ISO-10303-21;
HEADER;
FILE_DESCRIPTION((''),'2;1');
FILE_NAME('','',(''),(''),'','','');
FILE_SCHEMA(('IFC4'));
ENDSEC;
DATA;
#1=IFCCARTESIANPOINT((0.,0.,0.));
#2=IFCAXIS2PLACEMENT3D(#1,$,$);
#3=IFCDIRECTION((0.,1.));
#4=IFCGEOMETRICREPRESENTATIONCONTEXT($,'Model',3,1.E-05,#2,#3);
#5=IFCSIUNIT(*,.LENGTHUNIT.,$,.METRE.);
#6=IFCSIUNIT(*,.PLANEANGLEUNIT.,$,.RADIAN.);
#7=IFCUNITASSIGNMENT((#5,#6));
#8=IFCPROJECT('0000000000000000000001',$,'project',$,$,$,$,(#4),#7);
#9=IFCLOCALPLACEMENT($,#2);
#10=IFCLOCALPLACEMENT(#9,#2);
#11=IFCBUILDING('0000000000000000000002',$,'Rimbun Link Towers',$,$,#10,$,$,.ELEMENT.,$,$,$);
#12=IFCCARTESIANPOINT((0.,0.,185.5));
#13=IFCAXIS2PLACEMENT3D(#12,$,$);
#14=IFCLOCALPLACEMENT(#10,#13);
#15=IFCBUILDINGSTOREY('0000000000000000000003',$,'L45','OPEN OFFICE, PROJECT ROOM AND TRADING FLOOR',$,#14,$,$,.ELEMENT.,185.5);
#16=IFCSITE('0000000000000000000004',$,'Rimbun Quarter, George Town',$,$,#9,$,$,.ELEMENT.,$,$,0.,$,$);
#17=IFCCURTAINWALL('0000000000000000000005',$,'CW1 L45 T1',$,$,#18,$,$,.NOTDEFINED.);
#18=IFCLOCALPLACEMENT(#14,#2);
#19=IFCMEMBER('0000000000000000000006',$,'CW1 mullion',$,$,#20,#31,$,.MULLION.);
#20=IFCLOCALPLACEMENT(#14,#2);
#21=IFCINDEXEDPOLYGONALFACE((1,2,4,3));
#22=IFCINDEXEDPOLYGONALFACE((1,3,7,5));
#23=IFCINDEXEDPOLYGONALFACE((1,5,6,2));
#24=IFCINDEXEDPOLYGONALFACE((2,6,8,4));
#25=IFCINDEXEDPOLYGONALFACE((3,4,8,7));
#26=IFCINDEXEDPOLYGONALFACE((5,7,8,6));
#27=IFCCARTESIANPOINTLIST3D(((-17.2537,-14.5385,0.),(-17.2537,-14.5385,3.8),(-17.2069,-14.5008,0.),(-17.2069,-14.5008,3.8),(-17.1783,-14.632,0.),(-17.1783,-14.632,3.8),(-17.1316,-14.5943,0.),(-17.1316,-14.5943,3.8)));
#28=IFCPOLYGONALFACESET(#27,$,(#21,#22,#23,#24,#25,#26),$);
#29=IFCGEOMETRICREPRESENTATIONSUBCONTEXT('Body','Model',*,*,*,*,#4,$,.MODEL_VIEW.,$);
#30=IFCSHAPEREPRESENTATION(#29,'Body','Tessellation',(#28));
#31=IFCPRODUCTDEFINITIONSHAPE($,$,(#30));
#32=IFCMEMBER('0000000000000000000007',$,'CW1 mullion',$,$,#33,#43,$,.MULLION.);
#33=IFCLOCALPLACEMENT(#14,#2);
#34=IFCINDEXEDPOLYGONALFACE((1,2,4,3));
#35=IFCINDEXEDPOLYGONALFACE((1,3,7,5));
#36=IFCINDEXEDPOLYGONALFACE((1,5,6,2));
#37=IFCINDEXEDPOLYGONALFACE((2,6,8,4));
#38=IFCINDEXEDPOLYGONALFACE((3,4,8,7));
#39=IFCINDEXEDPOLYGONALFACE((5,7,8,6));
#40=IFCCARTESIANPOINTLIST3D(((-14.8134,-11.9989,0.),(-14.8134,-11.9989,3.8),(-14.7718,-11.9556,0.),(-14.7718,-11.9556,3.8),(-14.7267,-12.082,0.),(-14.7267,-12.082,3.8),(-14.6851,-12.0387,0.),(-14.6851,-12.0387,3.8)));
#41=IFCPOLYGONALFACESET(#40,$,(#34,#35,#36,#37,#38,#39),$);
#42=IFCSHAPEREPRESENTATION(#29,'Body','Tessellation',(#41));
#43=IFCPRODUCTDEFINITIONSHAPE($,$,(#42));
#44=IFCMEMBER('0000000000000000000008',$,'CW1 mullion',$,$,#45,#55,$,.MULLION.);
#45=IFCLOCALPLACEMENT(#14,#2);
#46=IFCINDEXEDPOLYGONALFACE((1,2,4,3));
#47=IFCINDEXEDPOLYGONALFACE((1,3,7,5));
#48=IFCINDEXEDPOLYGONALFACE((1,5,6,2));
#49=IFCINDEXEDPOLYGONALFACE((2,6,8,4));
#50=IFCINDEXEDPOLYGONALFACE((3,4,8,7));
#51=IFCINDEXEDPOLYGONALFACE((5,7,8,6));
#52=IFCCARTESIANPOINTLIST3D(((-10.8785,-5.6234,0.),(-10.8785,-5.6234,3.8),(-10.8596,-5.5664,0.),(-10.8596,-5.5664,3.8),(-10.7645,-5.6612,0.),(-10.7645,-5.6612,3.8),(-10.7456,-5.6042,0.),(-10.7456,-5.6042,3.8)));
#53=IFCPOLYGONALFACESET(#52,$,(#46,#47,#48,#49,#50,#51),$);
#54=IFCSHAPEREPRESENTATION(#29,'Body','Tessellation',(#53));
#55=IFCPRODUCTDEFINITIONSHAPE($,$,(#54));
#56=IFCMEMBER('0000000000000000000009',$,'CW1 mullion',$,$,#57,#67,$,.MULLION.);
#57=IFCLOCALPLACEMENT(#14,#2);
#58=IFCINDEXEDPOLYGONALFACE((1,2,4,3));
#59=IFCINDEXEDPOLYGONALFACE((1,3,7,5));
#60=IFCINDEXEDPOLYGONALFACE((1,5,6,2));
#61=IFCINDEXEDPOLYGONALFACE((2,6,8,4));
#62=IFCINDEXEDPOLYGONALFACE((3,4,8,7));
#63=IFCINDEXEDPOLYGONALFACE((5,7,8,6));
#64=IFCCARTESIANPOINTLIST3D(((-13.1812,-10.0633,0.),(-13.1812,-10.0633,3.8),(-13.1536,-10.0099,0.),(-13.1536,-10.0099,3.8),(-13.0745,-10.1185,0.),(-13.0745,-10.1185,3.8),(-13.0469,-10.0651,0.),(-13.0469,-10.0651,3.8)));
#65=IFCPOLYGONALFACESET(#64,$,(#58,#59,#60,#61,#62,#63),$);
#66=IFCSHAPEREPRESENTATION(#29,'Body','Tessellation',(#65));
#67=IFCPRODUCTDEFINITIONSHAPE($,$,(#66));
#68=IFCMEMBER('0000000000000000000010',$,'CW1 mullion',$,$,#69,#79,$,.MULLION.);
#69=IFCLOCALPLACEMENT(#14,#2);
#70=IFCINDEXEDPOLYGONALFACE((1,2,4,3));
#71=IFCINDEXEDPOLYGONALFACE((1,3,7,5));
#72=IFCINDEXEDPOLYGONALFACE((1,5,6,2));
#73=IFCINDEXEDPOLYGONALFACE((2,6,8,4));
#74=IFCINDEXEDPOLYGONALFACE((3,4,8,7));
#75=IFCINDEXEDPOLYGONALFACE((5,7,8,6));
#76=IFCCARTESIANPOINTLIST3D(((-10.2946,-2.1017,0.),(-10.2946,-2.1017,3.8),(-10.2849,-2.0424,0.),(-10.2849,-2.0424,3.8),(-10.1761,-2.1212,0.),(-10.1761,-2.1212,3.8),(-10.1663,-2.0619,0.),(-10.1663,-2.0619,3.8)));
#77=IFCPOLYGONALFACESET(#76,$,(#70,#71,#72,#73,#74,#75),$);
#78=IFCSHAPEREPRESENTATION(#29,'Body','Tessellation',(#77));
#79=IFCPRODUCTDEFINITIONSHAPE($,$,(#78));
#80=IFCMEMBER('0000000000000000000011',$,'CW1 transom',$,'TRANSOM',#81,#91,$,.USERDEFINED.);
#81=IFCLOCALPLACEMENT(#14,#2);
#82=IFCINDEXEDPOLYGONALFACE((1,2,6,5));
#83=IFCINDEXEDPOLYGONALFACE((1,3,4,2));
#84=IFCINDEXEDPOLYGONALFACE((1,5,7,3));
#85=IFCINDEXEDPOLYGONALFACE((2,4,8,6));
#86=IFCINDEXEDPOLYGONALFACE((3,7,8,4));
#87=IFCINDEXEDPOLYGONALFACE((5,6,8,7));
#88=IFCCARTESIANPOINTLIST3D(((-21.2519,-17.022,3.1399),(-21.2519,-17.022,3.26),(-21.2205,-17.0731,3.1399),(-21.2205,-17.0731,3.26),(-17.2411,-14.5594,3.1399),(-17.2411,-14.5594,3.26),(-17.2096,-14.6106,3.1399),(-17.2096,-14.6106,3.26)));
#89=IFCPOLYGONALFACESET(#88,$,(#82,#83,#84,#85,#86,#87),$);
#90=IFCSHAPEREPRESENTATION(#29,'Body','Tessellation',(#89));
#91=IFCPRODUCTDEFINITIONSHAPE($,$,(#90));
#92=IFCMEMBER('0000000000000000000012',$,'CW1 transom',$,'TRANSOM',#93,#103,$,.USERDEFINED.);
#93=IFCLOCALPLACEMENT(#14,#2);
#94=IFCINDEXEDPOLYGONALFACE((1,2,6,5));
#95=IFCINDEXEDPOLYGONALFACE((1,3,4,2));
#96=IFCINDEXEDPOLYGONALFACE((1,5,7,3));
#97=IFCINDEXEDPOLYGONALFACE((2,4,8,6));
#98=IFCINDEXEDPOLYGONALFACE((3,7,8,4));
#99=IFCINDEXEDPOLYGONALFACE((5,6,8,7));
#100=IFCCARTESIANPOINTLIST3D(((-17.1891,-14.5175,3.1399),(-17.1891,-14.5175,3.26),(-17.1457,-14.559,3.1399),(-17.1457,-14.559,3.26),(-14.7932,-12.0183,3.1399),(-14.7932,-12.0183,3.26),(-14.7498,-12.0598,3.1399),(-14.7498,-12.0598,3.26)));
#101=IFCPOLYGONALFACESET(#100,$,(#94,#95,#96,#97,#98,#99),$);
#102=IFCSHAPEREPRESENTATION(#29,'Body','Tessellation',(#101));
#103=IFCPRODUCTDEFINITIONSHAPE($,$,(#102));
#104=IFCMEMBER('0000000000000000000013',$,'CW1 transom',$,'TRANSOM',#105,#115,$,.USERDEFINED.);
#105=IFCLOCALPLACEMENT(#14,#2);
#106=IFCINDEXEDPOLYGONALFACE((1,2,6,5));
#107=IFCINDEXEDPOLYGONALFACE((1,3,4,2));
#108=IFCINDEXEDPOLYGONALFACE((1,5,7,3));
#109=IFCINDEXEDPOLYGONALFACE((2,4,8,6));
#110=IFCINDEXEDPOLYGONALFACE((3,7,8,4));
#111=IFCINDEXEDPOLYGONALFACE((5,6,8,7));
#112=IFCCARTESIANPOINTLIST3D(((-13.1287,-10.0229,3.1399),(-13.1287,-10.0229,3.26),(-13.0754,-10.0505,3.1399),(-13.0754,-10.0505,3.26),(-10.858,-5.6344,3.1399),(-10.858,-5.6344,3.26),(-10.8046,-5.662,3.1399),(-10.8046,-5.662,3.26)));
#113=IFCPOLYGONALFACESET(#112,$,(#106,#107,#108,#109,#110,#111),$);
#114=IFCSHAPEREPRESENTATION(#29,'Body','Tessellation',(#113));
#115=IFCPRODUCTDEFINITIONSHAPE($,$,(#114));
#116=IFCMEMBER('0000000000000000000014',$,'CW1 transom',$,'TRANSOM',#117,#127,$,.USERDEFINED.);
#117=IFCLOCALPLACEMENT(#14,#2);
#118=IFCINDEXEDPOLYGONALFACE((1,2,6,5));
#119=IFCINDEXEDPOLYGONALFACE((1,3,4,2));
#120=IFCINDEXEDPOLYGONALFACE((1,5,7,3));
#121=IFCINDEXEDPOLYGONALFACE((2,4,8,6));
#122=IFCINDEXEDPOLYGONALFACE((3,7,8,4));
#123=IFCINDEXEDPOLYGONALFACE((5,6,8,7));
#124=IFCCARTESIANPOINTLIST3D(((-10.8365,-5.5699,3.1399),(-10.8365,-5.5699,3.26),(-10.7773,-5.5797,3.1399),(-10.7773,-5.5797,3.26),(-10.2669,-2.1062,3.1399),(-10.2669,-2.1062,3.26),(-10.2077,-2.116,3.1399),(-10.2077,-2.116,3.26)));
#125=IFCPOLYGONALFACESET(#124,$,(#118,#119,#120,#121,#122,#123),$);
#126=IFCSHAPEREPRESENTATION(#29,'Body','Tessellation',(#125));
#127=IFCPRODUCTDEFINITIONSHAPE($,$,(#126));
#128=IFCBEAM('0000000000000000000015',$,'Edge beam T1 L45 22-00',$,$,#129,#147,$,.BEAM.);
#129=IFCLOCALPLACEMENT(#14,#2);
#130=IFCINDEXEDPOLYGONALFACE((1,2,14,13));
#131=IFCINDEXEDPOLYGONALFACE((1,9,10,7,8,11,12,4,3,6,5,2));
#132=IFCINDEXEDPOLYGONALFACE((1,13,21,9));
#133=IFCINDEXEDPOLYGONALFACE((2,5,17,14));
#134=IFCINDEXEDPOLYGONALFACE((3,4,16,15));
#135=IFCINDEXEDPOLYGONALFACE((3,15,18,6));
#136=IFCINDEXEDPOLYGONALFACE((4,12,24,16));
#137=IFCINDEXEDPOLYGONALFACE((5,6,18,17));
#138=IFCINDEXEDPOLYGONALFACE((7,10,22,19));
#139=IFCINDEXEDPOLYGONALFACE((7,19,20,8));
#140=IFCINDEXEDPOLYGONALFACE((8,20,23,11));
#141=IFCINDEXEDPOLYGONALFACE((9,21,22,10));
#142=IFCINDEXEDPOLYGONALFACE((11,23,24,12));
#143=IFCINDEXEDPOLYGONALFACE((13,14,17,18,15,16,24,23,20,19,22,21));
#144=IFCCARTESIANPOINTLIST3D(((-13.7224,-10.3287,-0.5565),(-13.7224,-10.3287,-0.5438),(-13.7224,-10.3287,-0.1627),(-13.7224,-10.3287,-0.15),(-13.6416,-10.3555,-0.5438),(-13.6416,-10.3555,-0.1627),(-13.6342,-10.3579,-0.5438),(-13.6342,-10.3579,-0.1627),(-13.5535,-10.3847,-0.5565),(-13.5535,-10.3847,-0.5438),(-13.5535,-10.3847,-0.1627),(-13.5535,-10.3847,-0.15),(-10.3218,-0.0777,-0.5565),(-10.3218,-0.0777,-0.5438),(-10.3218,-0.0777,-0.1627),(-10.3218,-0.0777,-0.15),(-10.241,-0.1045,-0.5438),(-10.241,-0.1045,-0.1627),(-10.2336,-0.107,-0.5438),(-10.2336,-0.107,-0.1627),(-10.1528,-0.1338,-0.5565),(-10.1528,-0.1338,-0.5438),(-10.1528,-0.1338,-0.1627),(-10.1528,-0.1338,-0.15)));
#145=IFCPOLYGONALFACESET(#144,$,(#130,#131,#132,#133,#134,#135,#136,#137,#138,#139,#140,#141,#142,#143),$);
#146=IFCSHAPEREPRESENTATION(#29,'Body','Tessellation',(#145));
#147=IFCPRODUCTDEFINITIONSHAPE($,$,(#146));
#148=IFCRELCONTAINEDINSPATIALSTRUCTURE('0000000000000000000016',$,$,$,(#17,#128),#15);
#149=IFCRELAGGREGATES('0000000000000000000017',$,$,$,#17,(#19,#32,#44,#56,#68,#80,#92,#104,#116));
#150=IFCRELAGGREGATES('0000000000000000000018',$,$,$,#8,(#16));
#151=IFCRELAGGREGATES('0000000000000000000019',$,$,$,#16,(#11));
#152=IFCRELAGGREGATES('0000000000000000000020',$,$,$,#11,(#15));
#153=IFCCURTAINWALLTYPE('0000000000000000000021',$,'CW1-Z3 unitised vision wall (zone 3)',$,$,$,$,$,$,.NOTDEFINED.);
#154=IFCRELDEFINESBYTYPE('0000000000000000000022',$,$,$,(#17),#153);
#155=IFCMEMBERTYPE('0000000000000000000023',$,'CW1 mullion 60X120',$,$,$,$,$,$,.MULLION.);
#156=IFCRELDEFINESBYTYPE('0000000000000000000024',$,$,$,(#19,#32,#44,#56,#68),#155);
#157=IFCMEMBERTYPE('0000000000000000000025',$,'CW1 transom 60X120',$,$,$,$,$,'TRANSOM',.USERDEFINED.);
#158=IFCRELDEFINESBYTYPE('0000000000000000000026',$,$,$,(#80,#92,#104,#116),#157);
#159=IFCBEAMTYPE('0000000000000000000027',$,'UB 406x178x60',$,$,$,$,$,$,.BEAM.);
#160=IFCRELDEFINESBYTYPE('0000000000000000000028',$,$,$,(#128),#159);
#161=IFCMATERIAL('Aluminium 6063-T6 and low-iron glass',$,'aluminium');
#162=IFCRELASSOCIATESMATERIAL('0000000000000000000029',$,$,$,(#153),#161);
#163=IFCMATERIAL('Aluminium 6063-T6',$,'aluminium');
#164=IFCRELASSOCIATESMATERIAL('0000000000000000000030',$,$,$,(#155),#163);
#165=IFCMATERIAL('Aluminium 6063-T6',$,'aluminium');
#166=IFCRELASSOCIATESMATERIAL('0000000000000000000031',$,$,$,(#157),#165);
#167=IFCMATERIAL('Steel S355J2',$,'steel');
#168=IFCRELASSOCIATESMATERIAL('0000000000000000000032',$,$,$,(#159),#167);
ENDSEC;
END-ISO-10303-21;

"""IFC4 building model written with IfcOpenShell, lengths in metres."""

from ifc_helpers import new_model, si_unit, direction, frame, origin, origin_2d, place, context, subcontext, project, spatial, rectangle, i_section, extrude, material, material_profile, profile_set, type_object, element, aggregate, save


model = new_model("IFC4")

# Units and contexts
model_context = context("Model", 3, precision=1e-05, world=origin(), true_north=direction((0.0, 1.0)))
body_context = subcontext(model_context, "Body", "Model", "MODEL_VIEW")
ifc_project = project(units=[si_unit("LENGTHUNIT", "METRE"), si_unit("PLANEANGLEUNIT", "RADIAN")], contexts=[model_context])

# Site, building, storey
site_placement = place(None, origin())
site = spatial("IfcSite", under=ifc_project, at=site_placement, Name="Rimbun Quarter, George Town", CompositionType="ELEMENT", RefElevation=0.0)
building_placement = place(site_placement, origin())
building = spatial("IfcBuilding", under=site, at=building_placement, Name="Rimbun Link Towers", CompositionType="ELEMENT")
storey_placement = place(building_placement, frame((0.0, 0.0, 185.5)))
storey = spatial("IfcBuildingStorey", under=building, at=storey_placement, Name="L45", Description="OPEN OFFICE, PROJECT ROOM AND TRADING FLOOR", CompositionType="ELEMENT", Elevation=185.5)

# Curtain wall, members
ifc_material_1 = material(Name="Aluminium 6063-T6 and low-iron glass", Category="aluminium")
curtain_wall_type = type_object("IfcCurtainWallType", Name="CW1-Z3 unitised vision wall (zone 3)", PredefinedType="NOTDEFINED", material=ifc_material_1)
curtain_wall_placement = place(storey_placement, origin())
curtain_wall = element("IfcCurtainWall", 1, at=curtain_wall_placement, inside=storey, type_object=curtain_wall_type, Name="CW1 L45 T1", PredefinedType="NOTDEFINED")
ifc_material_2 = material(Name="Aluminium 6063-T6", Category="aluminium")
ifc_material_profile_1 = material_profile(ifc_material_2, rectangle(XDim=0.1201, YDim=0.0601, at=origin_2d()), Name="MULLION 60X120")
ifc_profile_set_1 = profile_set([ifc_material_profile_1], Name="Aluminium 6063-T6")
member_type_1 = type_object("IfcMemberType", Name="CW1 mullion 60X120", PredefinedType="MULLION", material=ifc_profile_set_1)
member_1_placement = place(storey_placement, frame((-17.1926, -14.5664, 0.0), z_axis=(0.0, 0.0, 1.0), x_axis=(0.627666, -0.778483, 0.0)))
member_1 = element("IfcMember", 2, at=member_1_placement, type_object=member_type_1, Name="CW1 mullion", PredefinedType="MULLION", context=body_context, shape_type="SweptSolid", body=[
    extrude(rectangle(XDim=0.1201, YDim=0.0601, at=origin_2d()), origin(), (0.0, 0.0, 1.0), 3.8),
])
member_2_placement = place(storey_placement, frame((-14.7493, -12.0188, 0.0), z_axis=(0.0, 0.0, 1.0), x_axis=(0.721843, -0.692057, 0.0)))
member_2 = element("IfcMember", 3, at=member_2_placement, type_object=member_type_1, Name="CW1 mullion", PredefinedType="MULLION", context=body_context, shape_type="SweptSolid", body=[
    extrude(rectangle(XDim=0.1201, YDim=0.0601, at=origin_2d()), origin(), (0.0, 0.0, 1.0), 3.8),
])
member_3_placement = place(storey_placement, frame((-10.812, -5.6138, 0.0), z_axis=(0.0, 0.0, 1.0), x_axis=(0.949162, -0.314788, 0.0)))
member_3 = element("IfcMember", 4, at=member_3_placement, type_object=member_type_1, Name="CW1 mullion", PredefinedType="MULLION", context=body_context, shape_type="SweptSolid", body=[
    extrude(rectangle(XDim=0.1201, YDim=0.0601, at=origin_2d()), origin(), (0.0, 0.0, 1.0), 3.8),
])
member_4_placement = place(storey_placement, frame((-13.114, -10.0642, 0.0), z_axis=(0.0, 0.0, 1.0), x_axis=(0.88815, -0.459554, 0.0)))
member_4 = element("IfcMember", 5, at=member_4_placement, type_object=member_type_1, Name="CW1 mullion", PredefinedType="MULLION", context=body_context, shape_type="SweptSolid", body=[
    extrude(rectangle(XDim=0.1201, YDim=0.0601, at=origin_2d()), origin(), (0.0, 0.0, 1.0), 3.8),
])
member_5_placement = place(storey_placement, frame((-10.2305, -2.0818, 0.0), z_axis=(0.0, 0.0, 1.0), x_axis=(0.986749, -0.162254, 0.0)))
member_5 = element("IfcMember", 6, at=member_5_placement, type_object=member_type_1, Name="CW1 mullion", PredefinedType="MULLION", context=body_context, shape_type="SweptSolid", body=[
    extrude(rectangle(XDim=0.1201, YDim=0.0601, at=origin_2d()), origin(), (0.0, 0.0, 1.0), 3.8),
])
ifc_material_3 = material(Name="Aluminium 6063-T6", Category="aluminium")
ifc_material_profile_2 = material_profile(ifc_material_3, rectangle(XDim=0.0601, YDim=0.1201, at=origin_2d()), Name="TRANSOM 60X120")
ifc_profile_set_2 = profile_set([ifc_material_profile_2], Name="Aluminium 6063-T6")
member_type_2 = type_object("IfcMemberType", Name="CW1 transom 60X120", ElementType="TRANSOM", PredefinedType="USERDEFINED", material=ifc_profile_set_2)
member_6_placement = place(storey_placement, frame((-17.2253, -14.585, 3.2), z_axis=(-0.852194, -0.523226, 0.0), x_axis=(0.523226, -0.852194, 0.0)))
member_6 = element("IfcMember", 7, at=member_6_placement, type_object=member_type_2, Name="CW1 transom", ObjectType="TRANSOM", PredefinedType="USERDEFINED", context=body_context, shape_type="SweptSolid", body=[
    extrude(rectangle(XDim=0.0601, YDim=0.1201, at=origin_2d()), origin(), (0.0, 0.0, 1.0), 4.7065),
])
member_7_placement = place(storey_placement, frame((-14.7715, -12.0391, 3.2), z_axis=(-0.692036, -0.721863, 0.0), x_axis=(0.721863, -0.692036, 0.0)))
member_7 = element("IfcMember", 8, at=member_7_placement, type_object=member_type_2, Name="CW1 transom", ObjectType="TRANSOM", PredefinedType="USERDEFINED", context=body_context, shape_type="SweptSolid", body=[
    extrude(rectangle(XDim=0.0601, YDim=0.1201, at=origin_2d()), origin(), (0.0, 0.0, 1.0), 3.4622),
])
member_8_placement = place(storey_placement, frame((-10.8313, -5.6482, 3.2), z_axis=(-0.459563, -0.888145, 0.0), x_axis=(0.888145, -0.459563, 0.0)))
member_8 = element("IfcMember", 9, at=member_8_placement, type_object=member_type_2, Name="CW1 transom", ObjectType="TRANSOM", PredefinedType="USERDEFINED", context=body_context, shape_type="SweptSolid", body=[
    extrude(rectangle(XDim=0.0601, YDim=0.1201, at=origin_2d()), origin(), (0.0, 0.0, 1.0), 4.9412),
])
member_9_placement = place(storey_placement, frame((-10.2373, -2.1111, 3.2), z_axis=(-0.162267, -0.986747, 0.0), x_axis=(0.986747, -0.162267, 0.0)))
member_9 = element("IfcMember", 10, at=member_9_placement, type_object=member_type_2, Name="CW1 transom", ObjectType="TRANSOM", PredefinedType="USERDEFINED", context=body_context, shape_type="SweptSolid", body=[
    extrude(rectangle(XDim=0.0601, YDim=0.1201, at=origin_2d()), origin(), (0.0, 0.0, 1.0), 3.5103),
])

# Beam
ifc_material_4 = material(Name="Steel S355J2", Category="steel")
ifc_material_profile_3 = material_profile(ifc_material_4, i_section(OverallWidth=0.178, OverallDepth=0.4065, WebThickness=0.0078, FlangeThickness=0.0127, at=origin_2d()), Name="UB 406x178x60")
ifc_profile_set_3 = profile_set([ifc_material_profile_3], Name="Steel S355J2")
beam_type = type_object("IfcBeamType", Name="UB 406x178x60", PredefinedType="BEAM", material=ifc_profile_set_3)
beam_placement = place(storey_placement, frame((-13.6379, -10.3567, -0.3533), z_axis=(0.314864, 0.949137, 0.0), x_axis=(-0.949137, 0.314864, 0.0)))
element("IfcBeam", 11, at=beam_placement, inside=storey, type_object=beam_type, Name="Edge beam T1 L45 22-00", PredefinedType="BEAM", context=body_context, shape_type="SweptSolid", body=[
    extrude(i_section(OverallWidth=0.178, OverallDepth=0.4065, WebThickness=0.0078, FlangeThickness=0.0127, at=origin_2d()), origin(), (0.0, 0.0, 1.0), 10.8003),
])

aggregate(curtain_wall, [member_1, member_2, member_3, member_4, member_5, member_6, member_7, member_8, member_9])

save(model, "model.ifc")
